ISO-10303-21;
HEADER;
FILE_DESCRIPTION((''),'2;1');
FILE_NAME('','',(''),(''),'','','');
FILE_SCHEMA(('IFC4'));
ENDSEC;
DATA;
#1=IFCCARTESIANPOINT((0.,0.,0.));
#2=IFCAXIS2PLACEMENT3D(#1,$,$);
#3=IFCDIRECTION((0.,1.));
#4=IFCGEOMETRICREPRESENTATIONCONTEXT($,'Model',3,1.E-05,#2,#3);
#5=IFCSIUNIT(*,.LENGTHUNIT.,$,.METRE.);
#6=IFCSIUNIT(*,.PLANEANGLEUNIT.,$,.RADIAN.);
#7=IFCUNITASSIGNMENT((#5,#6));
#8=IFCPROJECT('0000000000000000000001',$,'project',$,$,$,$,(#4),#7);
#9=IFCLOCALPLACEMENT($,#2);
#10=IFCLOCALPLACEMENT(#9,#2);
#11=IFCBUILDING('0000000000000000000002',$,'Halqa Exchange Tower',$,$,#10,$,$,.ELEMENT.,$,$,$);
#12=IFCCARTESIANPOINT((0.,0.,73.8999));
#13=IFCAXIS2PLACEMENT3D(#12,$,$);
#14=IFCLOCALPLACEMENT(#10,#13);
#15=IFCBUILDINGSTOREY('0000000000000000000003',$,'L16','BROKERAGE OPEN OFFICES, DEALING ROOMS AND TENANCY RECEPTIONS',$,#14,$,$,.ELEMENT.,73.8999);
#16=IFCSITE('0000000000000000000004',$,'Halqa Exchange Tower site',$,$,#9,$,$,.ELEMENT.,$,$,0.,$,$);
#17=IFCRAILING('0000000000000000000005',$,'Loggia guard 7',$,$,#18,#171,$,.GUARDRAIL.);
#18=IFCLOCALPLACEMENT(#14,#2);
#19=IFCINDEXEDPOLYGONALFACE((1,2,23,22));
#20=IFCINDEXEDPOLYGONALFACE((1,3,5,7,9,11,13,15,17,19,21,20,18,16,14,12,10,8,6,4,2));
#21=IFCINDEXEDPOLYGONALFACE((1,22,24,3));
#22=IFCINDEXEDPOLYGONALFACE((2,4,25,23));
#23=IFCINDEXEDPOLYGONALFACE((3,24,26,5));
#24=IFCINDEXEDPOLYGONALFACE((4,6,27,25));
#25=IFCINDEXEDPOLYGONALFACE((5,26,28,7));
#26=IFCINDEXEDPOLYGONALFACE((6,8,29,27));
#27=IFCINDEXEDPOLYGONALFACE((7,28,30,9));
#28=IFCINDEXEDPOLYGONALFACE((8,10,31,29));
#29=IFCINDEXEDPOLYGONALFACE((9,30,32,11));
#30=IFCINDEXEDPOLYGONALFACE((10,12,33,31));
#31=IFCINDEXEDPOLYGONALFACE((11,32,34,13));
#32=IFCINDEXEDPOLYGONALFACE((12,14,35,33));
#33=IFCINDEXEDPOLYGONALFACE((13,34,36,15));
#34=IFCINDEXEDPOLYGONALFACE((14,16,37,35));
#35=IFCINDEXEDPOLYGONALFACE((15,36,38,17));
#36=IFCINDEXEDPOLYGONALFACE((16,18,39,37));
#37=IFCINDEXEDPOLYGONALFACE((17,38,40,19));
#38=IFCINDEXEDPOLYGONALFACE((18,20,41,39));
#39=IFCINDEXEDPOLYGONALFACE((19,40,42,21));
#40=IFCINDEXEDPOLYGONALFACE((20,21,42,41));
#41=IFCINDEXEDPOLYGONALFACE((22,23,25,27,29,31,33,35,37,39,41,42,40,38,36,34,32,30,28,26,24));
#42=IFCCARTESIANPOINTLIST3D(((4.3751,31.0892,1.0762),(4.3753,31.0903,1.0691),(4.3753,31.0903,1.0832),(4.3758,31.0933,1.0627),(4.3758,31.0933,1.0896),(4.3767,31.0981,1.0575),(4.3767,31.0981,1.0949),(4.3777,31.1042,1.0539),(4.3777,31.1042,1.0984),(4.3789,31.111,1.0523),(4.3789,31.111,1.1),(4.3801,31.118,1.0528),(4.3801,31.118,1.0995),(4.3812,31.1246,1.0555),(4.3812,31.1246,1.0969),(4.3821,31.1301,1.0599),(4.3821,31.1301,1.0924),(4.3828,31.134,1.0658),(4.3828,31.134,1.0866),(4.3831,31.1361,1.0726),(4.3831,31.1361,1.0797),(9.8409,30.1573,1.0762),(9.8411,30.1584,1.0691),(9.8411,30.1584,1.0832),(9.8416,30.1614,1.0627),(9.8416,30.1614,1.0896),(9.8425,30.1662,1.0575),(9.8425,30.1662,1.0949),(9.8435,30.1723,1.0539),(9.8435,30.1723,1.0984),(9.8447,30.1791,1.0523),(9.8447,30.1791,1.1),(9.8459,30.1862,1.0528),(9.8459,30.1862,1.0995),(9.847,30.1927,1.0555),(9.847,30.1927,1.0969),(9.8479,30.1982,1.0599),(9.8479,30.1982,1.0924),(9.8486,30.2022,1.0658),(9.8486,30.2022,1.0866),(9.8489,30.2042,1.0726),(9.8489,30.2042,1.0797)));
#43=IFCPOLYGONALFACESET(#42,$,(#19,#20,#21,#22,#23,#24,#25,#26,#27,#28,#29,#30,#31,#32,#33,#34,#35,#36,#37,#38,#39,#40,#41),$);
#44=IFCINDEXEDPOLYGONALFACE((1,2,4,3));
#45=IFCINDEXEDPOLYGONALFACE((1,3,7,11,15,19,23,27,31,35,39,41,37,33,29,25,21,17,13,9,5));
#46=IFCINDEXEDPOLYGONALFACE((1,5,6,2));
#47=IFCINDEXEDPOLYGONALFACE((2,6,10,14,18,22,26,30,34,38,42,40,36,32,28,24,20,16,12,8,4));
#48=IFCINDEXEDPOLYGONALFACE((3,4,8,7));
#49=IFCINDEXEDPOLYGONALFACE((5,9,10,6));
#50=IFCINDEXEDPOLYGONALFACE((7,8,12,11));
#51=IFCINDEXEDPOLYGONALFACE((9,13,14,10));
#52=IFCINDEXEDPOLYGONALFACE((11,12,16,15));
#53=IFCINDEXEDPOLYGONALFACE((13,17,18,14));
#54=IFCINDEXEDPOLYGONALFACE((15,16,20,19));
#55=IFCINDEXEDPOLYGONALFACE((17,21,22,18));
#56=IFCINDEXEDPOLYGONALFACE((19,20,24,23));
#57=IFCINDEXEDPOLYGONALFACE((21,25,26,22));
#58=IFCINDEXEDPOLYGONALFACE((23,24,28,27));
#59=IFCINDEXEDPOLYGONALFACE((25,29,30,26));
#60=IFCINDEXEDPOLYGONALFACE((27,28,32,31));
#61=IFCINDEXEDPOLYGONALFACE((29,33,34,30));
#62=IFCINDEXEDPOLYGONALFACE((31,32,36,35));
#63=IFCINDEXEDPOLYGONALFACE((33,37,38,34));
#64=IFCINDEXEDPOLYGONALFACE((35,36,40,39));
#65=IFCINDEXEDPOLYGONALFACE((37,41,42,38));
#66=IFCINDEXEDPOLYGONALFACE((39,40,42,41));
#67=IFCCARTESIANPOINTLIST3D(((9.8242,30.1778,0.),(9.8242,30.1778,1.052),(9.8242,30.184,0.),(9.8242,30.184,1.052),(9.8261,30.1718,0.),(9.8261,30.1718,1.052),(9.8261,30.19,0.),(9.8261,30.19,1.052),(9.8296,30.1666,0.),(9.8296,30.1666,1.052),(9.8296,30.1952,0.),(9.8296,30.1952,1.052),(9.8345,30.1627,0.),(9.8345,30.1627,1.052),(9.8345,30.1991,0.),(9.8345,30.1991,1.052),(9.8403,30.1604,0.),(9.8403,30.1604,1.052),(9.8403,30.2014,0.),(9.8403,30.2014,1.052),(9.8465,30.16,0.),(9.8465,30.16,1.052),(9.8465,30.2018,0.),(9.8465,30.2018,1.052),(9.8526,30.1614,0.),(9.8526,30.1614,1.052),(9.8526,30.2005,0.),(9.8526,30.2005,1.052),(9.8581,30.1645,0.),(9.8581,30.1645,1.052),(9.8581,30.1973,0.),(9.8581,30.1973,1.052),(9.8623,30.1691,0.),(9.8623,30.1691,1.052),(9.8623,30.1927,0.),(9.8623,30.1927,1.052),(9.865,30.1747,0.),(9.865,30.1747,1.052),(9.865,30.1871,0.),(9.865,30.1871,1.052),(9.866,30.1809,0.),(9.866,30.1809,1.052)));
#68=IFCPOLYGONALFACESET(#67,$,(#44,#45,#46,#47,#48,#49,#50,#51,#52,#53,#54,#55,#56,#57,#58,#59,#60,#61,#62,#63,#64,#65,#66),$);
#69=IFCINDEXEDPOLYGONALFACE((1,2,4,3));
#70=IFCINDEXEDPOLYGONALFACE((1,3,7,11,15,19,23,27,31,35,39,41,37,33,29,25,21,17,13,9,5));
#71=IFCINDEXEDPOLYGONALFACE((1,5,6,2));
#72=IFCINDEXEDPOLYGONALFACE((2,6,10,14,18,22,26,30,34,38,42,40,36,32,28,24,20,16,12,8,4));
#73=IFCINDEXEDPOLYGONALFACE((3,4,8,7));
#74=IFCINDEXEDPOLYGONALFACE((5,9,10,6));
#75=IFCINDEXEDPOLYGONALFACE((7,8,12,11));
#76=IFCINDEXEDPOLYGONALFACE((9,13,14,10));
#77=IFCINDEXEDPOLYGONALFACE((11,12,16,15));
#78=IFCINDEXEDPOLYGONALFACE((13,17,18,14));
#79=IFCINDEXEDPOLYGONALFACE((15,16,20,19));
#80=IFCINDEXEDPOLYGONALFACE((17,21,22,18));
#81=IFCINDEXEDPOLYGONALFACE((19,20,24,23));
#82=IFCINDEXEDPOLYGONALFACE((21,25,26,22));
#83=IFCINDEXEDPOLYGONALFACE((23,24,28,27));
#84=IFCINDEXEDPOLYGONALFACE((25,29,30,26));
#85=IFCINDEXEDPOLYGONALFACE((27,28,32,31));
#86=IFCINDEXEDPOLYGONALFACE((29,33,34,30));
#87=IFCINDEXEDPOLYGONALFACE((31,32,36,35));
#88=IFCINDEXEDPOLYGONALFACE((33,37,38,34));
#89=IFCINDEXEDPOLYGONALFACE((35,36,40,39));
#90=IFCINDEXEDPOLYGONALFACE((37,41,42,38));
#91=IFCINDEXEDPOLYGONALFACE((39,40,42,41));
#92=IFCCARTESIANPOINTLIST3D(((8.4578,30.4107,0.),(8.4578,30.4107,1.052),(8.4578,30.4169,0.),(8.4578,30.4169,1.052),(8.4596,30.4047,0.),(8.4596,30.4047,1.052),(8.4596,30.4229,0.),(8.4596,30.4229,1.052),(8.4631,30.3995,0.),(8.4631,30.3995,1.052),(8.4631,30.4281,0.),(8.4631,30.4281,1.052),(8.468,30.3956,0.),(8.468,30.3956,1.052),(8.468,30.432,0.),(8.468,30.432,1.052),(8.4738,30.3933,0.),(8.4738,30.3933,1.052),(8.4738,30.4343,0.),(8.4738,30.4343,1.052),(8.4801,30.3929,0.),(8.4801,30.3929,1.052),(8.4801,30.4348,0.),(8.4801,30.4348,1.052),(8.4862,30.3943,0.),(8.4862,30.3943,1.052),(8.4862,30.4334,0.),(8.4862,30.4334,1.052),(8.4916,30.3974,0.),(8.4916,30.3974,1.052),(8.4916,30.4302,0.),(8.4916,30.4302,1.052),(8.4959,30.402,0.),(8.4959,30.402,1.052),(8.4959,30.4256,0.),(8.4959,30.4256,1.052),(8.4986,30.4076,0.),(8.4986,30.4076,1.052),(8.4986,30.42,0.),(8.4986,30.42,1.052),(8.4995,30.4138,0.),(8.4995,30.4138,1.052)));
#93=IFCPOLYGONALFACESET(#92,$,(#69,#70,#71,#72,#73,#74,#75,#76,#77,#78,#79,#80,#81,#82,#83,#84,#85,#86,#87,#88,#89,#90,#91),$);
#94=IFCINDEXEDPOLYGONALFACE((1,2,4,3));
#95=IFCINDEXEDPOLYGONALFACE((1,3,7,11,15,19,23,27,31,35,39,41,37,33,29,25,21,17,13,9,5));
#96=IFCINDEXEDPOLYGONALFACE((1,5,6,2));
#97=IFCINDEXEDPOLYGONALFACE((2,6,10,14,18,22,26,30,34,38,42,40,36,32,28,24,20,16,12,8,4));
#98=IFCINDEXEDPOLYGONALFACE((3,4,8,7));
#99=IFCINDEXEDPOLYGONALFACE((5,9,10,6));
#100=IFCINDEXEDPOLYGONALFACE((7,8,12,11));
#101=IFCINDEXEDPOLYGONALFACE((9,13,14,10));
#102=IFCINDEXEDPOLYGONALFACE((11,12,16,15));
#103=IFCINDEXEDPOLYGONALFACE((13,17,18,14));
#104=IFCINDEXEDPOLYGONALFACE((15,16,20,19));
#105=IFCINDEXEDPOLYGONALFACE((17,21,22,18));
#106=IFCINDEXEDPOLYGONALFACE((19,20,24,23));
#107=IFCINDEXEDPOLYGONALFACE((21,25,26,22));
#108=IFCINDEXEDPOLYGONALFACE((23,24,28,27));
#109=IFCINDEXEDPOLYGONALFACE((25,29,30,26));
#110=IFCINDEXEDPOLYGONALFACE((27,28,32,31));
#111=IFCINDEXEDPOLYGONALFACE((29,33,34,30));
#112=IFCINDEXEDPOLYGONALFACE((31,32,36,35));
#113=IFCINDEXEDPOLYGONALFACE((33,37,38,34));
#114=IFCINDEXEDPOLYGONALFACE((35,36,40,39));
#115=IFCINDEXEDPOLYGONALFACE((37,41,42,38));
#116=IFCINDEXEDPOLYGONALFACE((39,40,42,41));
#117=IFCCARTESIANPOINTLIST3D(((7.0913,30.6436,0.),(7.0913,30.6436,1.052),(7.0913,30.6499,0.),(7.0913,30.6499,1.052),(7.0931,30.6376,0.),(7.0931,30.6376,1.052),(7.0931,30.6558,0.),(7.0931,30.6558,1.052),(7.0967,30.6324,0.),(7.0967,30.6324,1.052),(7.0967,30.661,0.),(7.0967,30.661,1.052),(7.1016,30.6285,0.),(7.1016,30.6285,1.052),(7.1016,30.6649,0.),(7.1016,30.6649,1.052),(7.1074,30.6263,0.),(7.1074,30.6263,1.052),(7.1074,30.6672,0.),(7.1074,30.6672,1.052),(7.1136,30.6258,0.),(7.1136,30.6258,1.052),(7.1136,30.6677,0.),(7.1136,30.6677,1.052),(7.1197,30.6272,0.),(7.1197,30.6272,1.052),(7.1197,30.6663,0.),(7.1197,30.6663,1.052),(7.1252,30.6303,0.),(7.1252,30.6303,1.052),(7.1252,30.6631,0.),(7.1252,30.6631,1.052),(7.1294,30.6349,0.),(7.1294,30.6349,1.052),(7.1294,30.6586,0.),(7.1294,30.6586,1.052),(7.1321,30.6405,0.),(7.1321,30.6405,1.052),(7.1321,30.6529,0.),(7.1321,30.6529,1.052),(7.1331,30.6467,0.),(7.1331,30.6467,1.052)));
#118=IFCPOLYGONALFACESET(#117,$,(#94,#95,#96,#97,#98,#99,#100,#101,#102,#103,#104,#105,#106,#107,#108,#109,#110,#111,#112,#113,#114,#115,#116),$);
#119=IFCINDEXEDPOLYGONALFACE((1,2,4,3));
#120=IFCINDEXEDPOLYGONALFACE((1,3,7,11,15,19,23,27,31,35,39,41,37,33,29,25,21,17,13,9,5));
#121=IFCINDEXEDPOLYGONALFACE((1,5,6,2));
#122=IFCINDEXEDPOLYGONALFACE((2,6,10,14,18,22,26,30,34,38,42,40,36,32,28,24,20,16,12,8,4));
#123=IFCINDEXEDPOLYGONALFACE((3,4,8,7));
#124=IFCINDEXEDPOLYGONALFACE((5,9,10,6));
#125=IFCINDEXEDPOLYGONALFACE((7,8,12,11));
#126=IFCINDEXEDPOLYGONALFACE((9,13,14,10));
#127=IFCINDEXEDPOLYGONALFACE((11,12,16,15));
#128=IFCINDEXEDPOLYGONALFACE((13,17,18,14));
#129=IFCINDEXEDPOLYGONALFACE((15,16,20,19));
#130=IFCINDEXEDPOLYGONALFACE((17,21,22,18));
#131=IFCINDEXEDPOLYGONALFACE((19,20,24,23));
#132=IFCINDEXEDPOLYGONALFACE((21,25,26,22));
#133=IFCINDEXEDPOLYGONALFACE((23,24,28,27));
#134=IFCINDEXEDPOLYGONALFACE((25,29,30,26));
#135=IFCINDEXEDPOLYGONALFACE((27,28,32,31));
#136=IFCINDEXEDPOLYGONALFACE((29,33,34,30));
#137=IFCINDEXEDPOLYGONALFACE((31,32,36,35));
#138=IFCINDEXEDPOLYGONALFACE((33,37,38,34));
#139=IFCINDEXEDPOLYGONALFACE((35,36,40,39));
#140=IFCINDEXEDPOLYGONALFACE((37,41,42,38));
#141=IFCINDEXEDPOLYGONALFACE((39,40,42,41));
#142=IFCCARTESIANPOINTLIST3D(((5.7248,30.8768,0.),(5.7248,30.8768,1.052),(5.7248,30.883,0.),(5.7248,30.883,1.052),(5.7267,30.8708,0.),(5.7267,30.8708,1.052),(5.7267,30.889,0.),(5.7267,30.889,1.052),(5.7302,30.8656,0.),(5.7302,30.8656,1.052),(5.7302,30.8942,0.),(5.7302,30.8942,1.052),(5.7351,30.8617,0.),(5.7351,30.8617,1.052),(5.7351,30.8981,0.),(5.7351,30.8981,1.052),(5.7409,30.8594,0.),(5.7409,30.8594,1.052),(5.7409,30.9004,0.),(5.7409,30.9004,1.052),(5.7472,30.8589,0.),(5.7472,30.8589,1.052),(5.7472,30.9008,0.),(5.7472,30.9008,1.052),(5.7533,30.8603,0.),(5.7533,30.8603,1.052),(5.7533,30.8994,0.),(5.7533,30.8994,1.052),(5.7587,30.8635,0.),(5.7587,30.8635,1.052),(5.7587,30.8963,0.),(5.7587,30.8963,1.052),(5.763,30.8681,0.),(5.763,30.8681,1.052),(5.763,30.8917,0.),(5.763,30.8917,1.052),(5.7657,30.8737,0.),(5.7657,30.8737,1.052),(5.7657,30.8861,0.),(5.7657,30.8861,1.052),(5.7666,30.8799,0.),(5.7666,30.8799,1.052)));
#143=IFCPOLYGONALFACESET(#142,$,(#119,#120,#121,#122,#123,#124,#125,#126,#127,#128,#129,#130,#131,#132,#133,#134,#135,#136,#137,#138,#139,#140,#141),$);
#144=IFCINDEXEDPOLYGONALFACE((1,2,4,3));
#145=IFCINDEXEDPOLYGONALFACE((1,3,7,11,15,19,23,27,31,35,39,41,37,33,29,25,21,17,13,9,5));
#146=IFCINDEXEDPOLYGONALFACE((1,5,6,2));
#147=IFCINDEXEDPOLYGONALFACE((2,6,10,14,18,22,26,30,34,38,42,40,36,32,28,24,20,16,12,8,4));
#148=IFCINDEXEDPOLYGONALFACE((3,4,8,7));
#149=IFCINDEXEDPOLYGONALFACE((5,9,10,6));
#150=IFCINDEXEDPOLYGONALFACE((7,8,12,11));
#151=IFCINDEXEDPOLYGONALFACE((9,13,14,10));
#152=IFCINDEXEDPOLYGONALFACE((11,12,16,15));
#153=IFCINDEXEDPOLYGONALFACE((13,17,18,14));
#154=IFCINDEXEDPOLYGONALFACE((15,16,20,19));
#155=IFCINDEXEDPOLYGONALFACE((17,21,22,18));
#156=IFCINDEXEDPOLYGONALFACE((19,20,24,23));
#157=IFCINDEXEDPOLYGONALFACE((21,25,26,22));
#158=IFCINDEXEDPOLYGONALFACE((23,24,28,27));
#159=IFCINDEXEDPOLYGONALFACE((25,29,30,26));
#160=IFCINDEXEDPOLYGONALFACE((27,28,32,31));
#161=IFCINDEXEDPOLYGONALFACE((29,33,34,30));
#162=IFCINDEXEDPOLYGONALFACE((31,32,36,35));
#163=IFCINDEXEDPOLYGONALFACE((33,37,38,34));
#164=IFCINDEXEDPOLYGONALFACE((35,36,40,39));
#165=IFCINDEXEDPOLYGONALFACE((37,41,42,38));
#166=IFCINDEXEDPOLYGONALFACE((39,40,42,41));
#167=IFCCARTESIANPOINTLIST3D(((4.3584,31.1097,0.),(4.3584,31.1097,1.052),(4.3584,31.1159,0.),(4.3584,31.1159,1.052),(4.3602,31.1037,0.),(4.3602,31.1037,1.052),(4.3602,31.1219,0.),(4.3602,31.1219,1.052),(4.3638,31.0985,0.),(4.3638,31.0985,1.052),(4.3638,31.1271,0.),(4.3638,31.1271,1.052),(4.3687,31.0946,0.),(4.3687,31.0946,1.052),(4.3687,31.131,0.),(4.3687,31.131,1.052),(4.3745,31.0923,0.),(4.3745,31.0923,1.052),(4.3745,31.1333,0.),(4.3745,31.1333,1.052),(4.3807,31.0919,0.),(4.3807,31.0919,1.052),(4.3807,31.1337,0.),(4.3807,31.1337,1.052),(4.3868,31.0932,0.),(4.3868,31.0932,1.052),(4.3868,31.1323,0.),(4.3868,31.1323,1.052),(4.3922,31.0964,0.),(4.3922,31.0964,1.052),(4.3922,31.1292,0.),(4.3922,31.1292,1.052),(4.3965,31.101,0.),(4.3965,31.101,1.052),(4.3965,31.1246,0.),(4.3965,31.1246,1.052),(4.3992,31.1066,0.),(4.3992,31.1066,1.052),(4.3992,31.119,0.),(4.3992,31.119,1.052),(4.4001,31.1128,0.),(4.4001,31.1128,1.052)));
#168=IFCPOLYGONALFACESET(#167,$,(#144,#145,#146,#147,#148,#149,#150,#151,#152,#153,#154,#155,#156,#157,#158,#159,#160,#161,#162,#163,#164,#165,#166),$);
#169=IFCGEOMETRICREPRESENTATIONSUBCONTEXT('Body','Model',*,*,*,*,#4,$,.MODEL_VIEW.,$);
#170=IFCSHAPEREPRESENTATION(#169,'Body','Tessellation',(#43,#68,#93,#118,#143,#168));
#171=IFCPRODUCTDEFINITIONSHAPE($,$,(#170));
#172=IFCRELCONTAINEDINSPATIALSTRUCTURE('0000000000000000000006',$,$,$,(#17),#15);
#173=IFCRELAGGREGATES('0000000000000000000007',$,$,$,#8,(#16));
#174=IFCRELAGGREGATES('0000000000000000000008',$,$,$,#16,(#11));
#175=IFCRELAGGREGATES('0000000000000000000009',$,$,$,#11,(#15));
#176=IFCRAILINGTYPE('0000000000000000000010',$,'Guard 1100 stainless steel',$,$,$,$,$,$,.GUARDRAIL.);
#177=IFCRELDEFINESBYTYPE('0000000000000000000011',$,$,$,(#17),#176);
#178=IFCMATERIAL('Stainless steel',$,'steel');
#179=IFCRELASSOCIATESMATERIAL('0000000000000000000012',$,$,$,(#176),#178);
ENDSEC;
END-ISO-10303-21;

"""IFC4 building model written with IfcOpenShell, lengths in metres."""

from ifc_helpers import new_model, si_unit, direction, frame, origin, origin_2d, place, context, subcontext, project, spatial, circle, extrude, material, type_object, element, save


model = new_model("IFC4")

# Units and contexts
model_context = context("Model", 3, precision=1e-05, world=origin(), true_north=direction((0.0, 1.0)))
body_context = subcontext(model_context, "Body", "Model", "MODEL_VIEW")
ifc_project = project(units=[si_unit("LENGTHUNIT", "METRE"), si_unit("PLANEANGLEUNIT", "RADIAN")], contexts=[model_context])

# Site, building, storey
site_placement = place(None, origin())
site = spatial("IfcSite", under=ifc_project, at=site_placement, Name="Halqa Exchange Tower site", CompositionType="ELEMENT", RefElevation=0.0)
building_placement = place(site_placement, origin())
building = spatial("IfcBuilding", under=site, at=building_placement, Name="Halqa Exchange Tower", CompositionType="ELEMENT")
storey_placement = place(building_placement, frame((0.0, 0.0, 73.8999)))
storey = spatial("IfcBuildingStorey", under=building, at=storey_placement, Name="L16", Description="BROKERAGE OPEN OFFICES, DEALING ROOMS AND TENANCY RECEPTIONS", CompositionType="ELEMENT", Elevation=73.8999)

# Railing
ifc_material_1 = material(Name="Stainless steel", Category="steel")
railing_type_1 = type_object("IfcRailingType", Name="Guard 1100 stainless steel", PredefinedType="GUARDRAIL", material=ifc_material_1)
railing_1_placement = place(storey_placement, frame((9.845, 30.1809, 0.0)))
element("IfcRailing", 1, at=railing_1_placement, inside=storey, type_object=railing_type_1, Name="Loggia guard 7", PredefinedType="GUARDRAIL", context=body_context, shape_type="SweptSolid", body=[
    extrude(circle(Radius=0.0239, at=origin_2d()), frame((0.0, 0.0, 1.0762), z_axis=(-0.985775, 0.168068, 0.0), x_axis=(-0.168068, -0.985775, 0.0)), (0.0, 0.0, 1.0), 5.5447),
    extrude(circle(Radius=0.021, at=origin_2d()), origin(), (0.0, 0.0, 1.0), 1.052),
    extrude(circle(Radius=0.021, at=origin_2d()), frame((-1.3665, 0.2329, 0.0)), (0.0, 0.0, 1.0), 1.052),
    extrude(circle(Radius=0.021, at=origin_2d()), frame((-2.7329, 0.4658, 0.0)), (0.0, 0.0, 1.0), 1.052),
    extrude(circle(Radius=0.021, at=origin_2d()), frame((-4.0994, 0.699, 0.0)), (0.0, 0.0, 1.0), 1.052),
    extrude(circle(Radius=0.021, at=origin_2d()), frame((-5.4658, 0.9319, 0.0)), (0.0, 0.0, 1.0), 1.052),
])

save(model, "model.ifc")
